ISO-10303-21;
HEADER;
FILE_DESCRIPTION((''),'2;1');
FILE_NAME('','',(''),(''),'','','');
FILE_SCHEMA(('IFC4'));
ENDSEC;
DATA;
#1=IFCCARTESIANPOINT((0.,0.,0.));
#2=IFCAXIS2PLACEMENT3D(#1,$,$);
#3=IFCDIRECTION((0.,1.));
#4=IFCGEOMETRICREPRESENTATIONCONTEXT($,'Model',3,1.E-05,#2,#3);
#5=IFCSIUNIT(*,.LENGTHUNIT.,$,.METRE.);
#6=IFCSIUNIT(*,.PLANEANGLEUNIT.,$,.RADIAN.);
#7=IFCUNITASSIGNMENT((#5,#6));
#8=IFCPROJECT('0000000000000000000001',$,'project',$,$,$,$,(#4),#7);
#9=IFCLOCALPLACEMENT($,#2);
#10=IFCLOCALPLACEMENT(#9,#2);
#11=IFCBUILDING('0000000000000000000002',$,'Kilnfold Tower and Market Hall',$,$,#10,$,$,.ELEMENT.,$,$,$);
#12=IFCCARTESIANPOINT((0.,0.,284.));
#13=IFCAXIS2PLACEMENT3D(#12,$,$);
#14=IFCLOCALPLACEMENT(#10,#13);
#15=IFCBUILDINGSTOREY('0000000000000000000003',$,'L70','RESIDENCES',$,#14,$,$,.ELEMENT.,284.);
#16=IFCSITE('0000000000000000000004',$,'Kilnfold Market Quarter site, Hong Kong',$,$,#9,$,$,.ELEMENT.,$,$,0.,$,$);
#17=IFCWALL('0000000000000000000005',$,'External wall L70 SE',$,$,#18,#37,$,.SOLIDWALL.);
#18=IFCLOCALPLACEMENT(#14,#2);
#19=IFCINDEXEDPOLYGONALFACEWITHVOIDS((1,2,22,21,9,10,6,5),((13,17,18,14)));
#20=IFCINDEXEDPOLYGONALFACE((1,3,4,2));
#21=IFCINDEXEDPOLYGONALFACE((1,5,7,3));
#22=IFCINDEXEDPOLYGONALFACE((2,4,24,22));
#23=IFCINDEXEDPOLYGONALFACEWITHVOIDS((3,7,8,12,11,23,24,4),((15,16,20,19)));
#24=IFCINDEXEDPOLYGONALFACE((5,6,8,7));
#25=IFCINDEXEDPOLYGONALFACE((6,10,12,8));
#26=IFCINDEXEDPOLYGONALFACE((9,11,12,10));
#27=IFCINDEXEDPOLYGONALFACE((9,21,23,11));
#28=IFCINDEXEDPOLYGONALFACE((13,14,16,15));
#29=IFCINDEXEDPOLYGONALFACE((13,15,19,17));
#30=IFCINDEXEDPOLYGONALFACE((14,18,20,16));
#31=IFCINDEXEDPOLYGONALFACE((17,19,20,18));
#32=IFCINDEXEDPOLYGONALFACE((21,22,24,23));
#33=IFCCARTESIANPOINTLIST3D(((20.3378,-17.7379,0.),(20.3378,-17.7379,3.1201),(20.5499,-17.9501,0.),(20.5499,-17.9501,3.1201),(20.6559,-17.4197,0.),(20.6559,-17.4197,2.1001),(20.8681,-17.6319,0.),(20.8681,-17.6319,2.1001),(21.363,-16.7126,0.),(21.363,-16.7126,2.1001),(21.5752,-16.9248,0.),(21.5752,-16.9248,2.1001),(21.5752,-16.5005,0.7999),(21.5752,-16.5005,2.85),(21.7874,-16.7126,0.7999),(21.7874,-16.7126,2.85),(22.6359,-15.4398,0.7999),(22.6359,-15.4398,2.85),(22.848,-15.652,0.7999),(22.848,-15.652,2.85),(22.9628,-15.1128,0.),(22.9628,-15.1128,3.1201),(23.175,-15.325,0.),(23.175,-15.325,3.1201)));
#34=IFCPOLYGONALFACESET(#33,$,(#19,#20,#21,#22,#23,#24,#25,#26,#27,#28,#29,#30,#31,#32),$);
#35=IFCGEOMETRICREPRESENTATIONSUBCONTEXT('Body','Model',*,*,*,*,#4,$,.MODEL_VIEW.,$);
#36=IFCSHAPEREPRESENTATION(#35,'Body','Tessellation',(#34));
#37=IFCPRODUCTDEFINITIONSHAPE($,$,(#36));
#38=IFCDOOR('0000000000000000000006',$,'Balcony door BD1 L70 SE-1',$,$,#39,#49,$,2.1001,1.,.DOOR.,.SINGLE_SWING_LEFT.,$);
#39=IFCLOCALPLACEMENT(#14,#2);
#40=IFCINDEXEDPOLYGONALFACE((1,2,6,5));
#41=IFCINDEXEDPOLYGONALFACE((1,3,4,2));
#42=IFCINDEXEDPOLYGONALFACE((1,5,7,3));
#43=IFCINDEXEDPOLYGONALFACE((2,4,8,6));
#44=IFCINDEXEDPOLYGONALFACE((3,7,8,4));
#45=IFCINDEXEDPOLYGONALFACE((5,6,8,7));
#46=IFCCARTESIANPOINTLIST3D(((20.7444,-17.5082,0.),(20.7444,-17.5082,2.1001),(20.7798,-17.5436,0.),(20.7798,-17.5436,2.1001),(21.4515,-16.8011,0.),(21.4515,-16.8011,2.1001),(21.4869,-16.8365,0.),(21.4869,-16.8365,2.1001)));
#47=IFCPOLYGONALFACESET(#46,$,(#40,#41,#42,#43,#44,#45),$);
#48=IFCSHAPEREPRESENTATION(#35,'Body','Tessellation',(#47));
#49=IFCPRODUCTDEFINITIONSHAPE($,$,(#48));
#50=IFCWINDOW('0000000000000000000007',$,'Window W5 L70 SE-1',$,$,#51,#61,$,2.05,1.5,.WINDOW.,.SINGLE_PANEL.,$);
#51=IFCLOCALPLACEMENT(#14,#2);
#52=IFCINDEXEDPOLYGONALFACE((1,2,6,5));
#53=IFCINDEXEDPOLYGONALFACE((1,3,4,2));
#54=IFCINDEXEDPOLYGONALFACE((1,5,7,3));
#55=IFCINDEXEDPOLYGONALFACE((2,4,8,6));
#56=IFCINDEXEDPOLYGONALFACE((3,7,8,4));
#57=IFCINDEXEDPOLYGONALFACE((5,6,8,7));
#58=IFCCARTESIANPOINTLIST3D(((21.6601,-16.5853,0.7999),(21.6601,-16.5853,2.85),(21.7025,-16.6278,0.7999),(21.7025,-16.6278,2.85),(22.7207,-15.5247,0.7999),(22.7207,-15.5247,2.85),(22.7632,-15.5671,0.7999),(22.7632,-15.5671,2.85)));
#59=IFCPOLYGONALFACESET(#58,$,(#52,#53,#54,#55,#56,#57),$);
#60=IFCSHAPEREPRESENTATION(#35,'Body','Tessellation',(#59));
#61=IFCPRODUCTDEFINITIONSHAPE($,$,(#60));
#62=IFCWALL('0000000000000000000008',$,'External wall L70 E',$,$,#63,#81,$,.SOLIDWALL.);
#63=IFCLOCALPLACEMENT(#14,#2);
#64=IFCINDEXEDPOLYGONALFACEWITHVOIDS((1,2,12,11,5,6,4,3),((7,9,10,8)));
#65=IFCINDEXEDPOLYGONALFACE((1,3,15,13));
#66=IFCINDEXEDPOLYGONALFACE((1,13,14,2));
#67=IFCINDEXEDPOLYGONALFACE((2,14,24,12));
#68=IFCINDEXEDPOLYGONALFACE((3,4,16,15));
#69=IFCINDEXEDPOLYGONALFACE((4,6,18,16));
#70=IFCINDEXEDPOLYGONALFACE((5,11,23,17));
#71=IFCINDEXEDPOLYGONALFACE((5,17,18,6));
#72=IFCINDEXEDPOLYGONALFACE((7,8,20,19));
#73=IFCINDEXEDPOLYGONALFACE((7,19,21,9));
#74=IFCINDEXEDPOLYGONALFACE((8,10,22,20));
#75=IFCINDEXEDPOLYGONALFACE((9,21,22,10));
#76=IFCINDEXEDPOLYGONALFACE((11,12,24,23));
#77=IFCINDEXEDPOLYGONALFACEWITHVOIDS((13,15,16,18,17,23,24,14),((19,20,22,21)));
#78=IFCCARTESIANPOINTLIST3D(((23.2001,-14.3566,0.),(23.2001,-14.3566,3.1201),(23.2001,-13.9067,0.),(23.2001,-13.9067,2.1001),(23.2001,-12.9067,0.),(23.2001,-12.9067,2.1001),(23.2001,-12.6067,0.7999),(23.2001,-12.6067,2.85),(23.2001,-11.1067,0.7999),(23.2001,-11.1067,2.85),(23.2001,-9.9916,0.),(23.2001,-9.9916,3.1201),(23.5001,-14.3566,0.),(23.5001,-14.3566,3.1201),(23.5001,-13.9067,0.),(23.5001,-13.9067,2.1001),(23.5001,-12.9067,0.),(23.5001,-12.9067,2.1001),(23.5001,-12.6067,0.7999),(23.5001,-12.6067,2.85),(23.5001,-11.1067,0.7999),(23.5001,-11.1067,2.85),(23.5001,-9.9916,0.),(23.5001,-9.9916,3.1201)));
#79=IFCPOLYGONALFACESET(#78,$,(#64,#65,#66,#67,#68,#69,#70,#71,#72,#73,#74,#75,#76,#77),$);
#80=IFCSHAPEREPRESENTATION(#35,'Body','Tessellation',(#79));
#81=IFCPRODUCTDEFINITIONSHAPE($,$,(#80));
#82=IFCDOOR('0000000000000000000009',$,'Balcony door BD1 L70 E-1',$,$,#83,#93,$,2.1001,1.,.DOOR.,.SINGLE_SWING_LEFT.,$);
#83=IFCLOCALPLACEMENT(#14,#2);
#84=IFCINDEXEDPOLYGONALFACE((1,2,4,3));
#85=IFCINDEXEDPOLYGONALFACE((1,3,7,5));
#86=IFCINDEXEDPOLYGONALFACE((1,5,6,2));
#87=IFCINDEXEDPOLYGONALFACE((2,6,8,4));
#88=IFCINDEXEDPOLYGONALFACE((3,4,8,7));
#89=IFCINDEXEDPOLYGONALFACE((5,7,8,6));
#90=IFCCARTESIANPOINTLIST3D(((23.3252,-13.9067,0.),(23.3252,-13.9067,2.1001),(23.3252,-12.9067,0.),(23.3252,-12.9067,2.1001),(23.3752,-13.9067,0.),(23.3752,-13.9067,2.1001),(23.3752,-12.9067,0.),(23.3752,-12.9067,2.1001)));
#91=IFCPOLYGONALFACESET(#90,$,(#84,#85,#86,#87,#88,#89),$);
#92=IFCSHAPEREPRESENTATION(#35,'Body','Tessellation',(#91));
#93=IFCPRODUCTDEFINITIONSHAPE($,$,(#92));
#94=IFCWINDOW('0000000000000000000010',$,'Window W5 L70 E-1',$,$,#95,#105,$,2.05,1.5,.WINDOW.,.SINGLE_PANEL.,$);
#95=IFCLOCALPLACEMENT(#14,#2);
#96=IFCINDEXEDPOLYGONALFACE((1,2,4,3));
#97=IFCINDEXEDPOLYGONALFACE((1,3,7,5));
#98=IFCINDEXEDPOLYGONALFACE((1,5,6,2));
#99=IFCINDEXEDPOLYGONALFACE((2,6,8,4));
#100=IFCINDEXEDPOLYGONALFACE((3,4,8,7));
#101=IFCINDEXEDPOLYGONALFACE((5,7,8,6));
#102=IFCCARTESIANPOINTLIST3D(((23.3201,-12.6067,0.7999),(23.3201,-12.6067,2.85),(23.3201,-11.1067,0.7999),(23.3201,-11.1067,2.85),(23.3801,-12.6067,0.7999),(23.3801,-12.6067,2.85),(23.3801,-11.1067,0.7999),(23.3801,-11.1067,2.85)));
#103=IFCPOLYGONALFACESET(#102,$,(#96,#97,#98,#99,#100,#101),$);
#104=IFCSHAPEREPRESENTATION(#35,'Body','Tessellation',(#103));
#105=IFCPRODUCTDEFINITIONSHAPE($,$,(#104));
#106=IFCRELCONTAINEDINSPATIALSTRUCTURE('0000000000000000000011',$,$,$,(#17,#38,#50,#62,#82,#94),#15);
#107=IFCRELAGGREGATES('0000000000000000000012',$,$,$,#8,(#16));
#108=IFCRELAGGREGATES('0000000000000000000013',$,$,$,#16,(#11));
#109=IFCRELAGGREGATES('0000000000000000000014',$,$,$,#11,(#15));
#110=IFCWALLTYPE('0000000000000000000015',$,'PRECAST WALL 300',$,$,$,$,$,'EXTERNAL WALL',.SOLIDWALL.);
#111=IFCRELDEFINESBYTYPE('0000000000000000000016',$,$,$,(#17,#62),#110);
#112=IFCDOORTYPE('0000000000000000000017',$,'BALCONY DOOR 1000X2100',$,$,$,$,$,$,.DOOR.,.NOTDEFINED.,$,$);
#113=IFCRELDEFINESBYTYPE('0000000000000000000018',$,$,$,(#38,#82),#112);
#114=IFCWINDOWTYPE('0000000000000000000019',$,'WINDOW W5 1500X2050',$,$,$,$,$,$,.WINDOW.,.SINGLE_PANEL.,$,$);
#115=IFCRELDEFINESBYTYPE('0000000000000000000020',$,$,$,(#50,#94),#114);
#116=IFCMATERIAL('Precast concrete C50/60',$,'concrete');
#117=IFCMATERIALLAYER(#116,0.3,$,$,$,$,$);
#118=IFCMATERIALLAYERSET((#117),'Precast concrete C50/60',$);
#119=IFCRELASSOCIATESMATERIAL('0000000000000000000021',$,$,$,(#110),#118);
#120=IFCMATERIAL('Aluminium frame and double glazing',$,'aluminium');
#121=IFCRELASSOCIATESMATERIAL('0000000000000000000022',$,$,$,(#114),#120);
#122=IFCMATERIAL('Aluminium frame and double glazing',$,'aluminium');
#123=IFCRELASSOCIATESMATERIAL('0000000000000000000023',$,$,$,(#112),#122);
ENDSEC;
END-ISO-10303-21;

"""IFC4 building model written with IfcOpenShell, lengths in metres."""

from ifc_helpers import new_model, si_unit, direction, frame, frame_2d, origin, place, context, subcontext, project, spatial, rectangle, extrude, source, transform, mapped, material, layer, layer_set, type_object, element, fill, save


model = new_model("IFC4")

# Units and contexts
model_context = context("Model", 3, precision=1e-05, world=origin(), true_north=direction((0.0, 1.0)))
body_context = subcontext(model_context, "Body", "Model", "MODEL_VIEW")
ifc_project = project(units=[si_unit("LENGTHUNIT", "METRE"), si_unit("PLANEANGLEUNIT", "RADIAN")], contexts=[model_context])

# Site, building, storey
site_placement = place(None, origin())
site = spatial("IfcSite", under=ifc_project, at=site_placement, Name="Kilnfold Market Quarter site, Hong Kong", CompositionType="ELEMENT", RefElevation=0.0)
building_placement = place(site_placement, origin())
building = spatial("IfcBuilding", under=site, at=building_placement, Name="Kilnfold Tower and Market Hall", CompositionType="ELEMENT")
storey_placement = place(building_placement, frame((0.0, 0.0, 284.0)))
storey = spatial("IfcBuildingStorey", under=building, at=storey_placement, Name="L70", Description="RESIDENCES", CompositionType="ELEMENT", Elevation=284.0)

# Shared definitions
ifc_material_1 = material(Name="Precast concrete C50/60", Category="concrete")
ifc_layer_1 = layer(ifc_material_1, 0.3)
ifc_layer_set_1 = layer_set([ifc_layer_1], Name="Precast concrete C50/60")
wall_type_1 = type_object("IfcWallType", Name="PRECAST WALL 300", ElementType="EXTERNAL WALL", PredefinedType="SOLIDWALL", material=ifc_layer_set_1)
ifc_material_2 = material(Name="Aluminium frame and double glazing", Category="aluminium")
window_type = type_object("IfcWindowType", Name="WINDOW W5 1500X2050", PartitioningType="SINGLE_PANEL", PredefinedType="WINDOW", material=ifc_material_2)

# Walls, openings, doors, windows
shared_shape_1 = source(origin(), body_context, "Body", "SweptSolid", [
    extrude(rectangle(XDim=3.7124, YDim=0.3, at=frame_2d((1.8562, 0.0))), origin(), (0.0, 0.0, 1.0), 3.1201),
])
wall_1_placement = place(storey_placement, frame((20.4438, -17.844, 0.0), z_axis=(0.0, 0.0, 1.0), x_axis=(0.707107, 0.707107, 0.0)))
wall_1 = element("IfcWall", 1, at=wall_1_placement, inside=storey, type_object=wall_type_1, Name="External wall L70 SE", PredefinedType="SOLIDWALL", context=body_context, shape_type="MappedRepresentation", body=[
    mapped(shared_shape_1, transform((0.0, 0.0, 0.0))),
])
opening_1_placement = place(wall_1_placement, frame((1.75, 0.0, 0.8)))
opening_1 = element("IfcOpeningElement", 2, at=opening_1_placement, cuts=wall_1, PredefinedType="OPENING", context=body_context, shape_type="SweptSolid", body=[
    extrude(rectangle(XDim=1.5, YDim=2.05, at=frame_2d((0.75, 1.0249))), frame((0.0, 0.1602, 0.0), z_axis=(0.0, -1.0, 0.0), x_axis=(1.0, 0.0, 0.0)), (0.0, 0.0, 1.0), 0.3201),
])
opening_2_placement = place(wall_1_placement, frame((0.45, 0.0, 0.0)))
opening_2 = element("IfcOpeningElement", 3, at=opening_2_placement, cuts=wall_1, PredefinedType="OPENING", context=body_context, shape_type="SweptSolid", body=[
    extrude(rectangle(XDim=1.0, YDim=2.1001, at=frame_2d((0.5, 1.05))), frame((0.0, 0.1602, 0.0), z_axis=(0.0, -1.0, 0.0), x_axis=(1.0, 0.0, 0.0)), (0.0, 0.0, 1.0), 0.3201),
])
ifc_material_3 = material(Name="Aluminium frame and double glazing", Category="aluminium")
door_type = type_object("IfcDoorType", Name="BALCONY DOOR 1000X2100", OperationType="NOTDEFINED", PredefinedType="DOOR", material=ifc_material_3)
door_1_placement = place(opening_2_placement, origin())
door_1 = element("IfcDoor", 4, at=door_1_placement, inside=storey, type_object=door_type, Name="Balcony door BD1 L70 SE-1", OperationType="SINGLE_SWING_LEFT", OverallHeight=2.1001, OverallWidth=1.0, PredefinedType="DOOR", context=body_context, shape_type="SweptSolid", body=[
    extrude(rectangle(XDim=1.0, YDim=2.1001, at=frame_2d((0.5, 1.05))), frame((0.0, 0.0249, 0.0), z_axis=(0.0, -1.0, 0.0), x_axis=(1.0, 0.0, 0.0)), (0.0, 0.0, 1.0), 0.05),
])
fill(opening_2, door_1)
window_1_placement = place(opening_1_placement, origin())
window_1 = element("IfcWindow", 5, at=window_1_placement, inside=storey, type_object=window_type, Name="Window W5 L70 SE-1", OverallHeight=2.05, OverallWidth=1.5, PartitioningType="SINGLE_PANEL", PredefinedType="WINDOW", context=body_context, shape_type="SweptSolid", body=[
    extrude(rectangle(XDim=1.5, YDim=2.05, at=frame_2d((0.75, 1.0249))), frame((0.0, 0.03, 0.0), z_axis=(0.0, -1.0, 0.0), x_axis=(1.0, 0.0, 0.0)), (0.0, 0.0, 1.0), 0.0601),
])
fill(opening_1, window_1)
shared_shape_2 = source(origin(), body_context, "Body", "SweptSolid", [
    extrude(rectangle(XDim=4.365, YDim=0.3, at=frame_2d((2.1826, 0.0))), origin(), (0.0, 0.0, 1.0), 3.1201),
])
wall_2_placement = place(storey_placement, frame((23.3501, -14.3567, 0.0), z_axis=(0.0, 0.0, 1.0), x_axis=(0.0, 1.0, 0.0)))
wall_2 = element("IfcWall", 6, at=wall_2_placement, inside=storey, type_object=wall_type_1, Name="External wall L70 E", PredefinedType="SOLIDWALL", context=body_context, shape_type="MappedRepresentation", body=[
    mapped(shared_shape_2, transform((0.0, 0.0, 0.0))),
])
opening_3_placement = place(wall_2_placement, frame((1.75, 0.0, 0.8)))
opening_3 = element("IfcOpeningElement", 7, at=opening_3_placement, cuts=wall_2, PredefinedType="OPENING", context=body_context, shape_type="SweptSolid", body=[
    extrude(rectangle(XDim=1.5, YDim=2.05, at=frame_2d((0.75, 1.0249))), frame((0.0, 0.1602, 0.0), z_axis=(0.0, -1.0, 0.0), x_axis=(1.0, 0.0, 0.0)), (0.0, 0.0, 1.0), 0.3201),
])
opening_4_placement = place(wall_2_placement, frame((0.45, 0.0, 0.0)))
opening_4 = element("IfcOpeningElement", 8, at=opening_4_placement, cuts=wall_2, PredefinedType="OPENING", context=body_context, shape_type="SweptSolid", body=[
    extrude(rectangle(XDim=1.0, YDim=2.1001, at=frame_2d((0.5, 1.05))), frame((0.0, 0.1602, 0.0), z_axis=(0.0, -1.0, 0.0), x_axis=(1.0, 0.0, 0.0)), (0.0, 0.0, 1.0), 0.3201),
])
door_2_placement = place(opening_4_placement, origin())
door_2 = element("IfcDoor", 9, at=door_2_placement, inside=storey, type_object=door_type, Name="Balcony door BD1 L70 E-1", OperationType="SINGLE_SWING_LEFT", OverallHeight=2.1001, OverallWidth=1.0, PredefinedType="DOOR", context=body_context, shape_type="SweptSolid", body=[
    extrude(rectangle(XDim=1.0, YDim=2.1001, at=frame_2d((0.5, 1.05))), frame((0.0, 0.0249, 0.0), z_axis=(0.0, -1.0, 0.0), x_axis=(1.0, 0.0, 0.0)), (0.0, 0.0, 1.0), 0.05),
])
fill(opening_4, door_2)
window_2_placement = place(opening_3_placement, origin())
window_2 = element("IfcWindow", 10, at=window_2_placement, inside=storey, type_object=window_type, Name="Window W5 L70 E-1", OverallHeight=2.05, OverallWidth=1.5, PartitioningType="SINGLE_PANEL", PredefinedType="WINDOW", context=body_context, shape_type="SweptSolid", body=[
    extrude(rectangle(XDim=1.5, YDim=2.05, at=frame_2d((0.75, 1.0249))), frame((0.0, 0.03, 0.0), z_axis=(0.0, -1.0, 0.0), x_axis=(1.0, 0.0, 0.0)), (0.0, 0.0, 1.0), 0.0601),
])
fill(opening_3, window_2)

save(model, "model.ifc")
